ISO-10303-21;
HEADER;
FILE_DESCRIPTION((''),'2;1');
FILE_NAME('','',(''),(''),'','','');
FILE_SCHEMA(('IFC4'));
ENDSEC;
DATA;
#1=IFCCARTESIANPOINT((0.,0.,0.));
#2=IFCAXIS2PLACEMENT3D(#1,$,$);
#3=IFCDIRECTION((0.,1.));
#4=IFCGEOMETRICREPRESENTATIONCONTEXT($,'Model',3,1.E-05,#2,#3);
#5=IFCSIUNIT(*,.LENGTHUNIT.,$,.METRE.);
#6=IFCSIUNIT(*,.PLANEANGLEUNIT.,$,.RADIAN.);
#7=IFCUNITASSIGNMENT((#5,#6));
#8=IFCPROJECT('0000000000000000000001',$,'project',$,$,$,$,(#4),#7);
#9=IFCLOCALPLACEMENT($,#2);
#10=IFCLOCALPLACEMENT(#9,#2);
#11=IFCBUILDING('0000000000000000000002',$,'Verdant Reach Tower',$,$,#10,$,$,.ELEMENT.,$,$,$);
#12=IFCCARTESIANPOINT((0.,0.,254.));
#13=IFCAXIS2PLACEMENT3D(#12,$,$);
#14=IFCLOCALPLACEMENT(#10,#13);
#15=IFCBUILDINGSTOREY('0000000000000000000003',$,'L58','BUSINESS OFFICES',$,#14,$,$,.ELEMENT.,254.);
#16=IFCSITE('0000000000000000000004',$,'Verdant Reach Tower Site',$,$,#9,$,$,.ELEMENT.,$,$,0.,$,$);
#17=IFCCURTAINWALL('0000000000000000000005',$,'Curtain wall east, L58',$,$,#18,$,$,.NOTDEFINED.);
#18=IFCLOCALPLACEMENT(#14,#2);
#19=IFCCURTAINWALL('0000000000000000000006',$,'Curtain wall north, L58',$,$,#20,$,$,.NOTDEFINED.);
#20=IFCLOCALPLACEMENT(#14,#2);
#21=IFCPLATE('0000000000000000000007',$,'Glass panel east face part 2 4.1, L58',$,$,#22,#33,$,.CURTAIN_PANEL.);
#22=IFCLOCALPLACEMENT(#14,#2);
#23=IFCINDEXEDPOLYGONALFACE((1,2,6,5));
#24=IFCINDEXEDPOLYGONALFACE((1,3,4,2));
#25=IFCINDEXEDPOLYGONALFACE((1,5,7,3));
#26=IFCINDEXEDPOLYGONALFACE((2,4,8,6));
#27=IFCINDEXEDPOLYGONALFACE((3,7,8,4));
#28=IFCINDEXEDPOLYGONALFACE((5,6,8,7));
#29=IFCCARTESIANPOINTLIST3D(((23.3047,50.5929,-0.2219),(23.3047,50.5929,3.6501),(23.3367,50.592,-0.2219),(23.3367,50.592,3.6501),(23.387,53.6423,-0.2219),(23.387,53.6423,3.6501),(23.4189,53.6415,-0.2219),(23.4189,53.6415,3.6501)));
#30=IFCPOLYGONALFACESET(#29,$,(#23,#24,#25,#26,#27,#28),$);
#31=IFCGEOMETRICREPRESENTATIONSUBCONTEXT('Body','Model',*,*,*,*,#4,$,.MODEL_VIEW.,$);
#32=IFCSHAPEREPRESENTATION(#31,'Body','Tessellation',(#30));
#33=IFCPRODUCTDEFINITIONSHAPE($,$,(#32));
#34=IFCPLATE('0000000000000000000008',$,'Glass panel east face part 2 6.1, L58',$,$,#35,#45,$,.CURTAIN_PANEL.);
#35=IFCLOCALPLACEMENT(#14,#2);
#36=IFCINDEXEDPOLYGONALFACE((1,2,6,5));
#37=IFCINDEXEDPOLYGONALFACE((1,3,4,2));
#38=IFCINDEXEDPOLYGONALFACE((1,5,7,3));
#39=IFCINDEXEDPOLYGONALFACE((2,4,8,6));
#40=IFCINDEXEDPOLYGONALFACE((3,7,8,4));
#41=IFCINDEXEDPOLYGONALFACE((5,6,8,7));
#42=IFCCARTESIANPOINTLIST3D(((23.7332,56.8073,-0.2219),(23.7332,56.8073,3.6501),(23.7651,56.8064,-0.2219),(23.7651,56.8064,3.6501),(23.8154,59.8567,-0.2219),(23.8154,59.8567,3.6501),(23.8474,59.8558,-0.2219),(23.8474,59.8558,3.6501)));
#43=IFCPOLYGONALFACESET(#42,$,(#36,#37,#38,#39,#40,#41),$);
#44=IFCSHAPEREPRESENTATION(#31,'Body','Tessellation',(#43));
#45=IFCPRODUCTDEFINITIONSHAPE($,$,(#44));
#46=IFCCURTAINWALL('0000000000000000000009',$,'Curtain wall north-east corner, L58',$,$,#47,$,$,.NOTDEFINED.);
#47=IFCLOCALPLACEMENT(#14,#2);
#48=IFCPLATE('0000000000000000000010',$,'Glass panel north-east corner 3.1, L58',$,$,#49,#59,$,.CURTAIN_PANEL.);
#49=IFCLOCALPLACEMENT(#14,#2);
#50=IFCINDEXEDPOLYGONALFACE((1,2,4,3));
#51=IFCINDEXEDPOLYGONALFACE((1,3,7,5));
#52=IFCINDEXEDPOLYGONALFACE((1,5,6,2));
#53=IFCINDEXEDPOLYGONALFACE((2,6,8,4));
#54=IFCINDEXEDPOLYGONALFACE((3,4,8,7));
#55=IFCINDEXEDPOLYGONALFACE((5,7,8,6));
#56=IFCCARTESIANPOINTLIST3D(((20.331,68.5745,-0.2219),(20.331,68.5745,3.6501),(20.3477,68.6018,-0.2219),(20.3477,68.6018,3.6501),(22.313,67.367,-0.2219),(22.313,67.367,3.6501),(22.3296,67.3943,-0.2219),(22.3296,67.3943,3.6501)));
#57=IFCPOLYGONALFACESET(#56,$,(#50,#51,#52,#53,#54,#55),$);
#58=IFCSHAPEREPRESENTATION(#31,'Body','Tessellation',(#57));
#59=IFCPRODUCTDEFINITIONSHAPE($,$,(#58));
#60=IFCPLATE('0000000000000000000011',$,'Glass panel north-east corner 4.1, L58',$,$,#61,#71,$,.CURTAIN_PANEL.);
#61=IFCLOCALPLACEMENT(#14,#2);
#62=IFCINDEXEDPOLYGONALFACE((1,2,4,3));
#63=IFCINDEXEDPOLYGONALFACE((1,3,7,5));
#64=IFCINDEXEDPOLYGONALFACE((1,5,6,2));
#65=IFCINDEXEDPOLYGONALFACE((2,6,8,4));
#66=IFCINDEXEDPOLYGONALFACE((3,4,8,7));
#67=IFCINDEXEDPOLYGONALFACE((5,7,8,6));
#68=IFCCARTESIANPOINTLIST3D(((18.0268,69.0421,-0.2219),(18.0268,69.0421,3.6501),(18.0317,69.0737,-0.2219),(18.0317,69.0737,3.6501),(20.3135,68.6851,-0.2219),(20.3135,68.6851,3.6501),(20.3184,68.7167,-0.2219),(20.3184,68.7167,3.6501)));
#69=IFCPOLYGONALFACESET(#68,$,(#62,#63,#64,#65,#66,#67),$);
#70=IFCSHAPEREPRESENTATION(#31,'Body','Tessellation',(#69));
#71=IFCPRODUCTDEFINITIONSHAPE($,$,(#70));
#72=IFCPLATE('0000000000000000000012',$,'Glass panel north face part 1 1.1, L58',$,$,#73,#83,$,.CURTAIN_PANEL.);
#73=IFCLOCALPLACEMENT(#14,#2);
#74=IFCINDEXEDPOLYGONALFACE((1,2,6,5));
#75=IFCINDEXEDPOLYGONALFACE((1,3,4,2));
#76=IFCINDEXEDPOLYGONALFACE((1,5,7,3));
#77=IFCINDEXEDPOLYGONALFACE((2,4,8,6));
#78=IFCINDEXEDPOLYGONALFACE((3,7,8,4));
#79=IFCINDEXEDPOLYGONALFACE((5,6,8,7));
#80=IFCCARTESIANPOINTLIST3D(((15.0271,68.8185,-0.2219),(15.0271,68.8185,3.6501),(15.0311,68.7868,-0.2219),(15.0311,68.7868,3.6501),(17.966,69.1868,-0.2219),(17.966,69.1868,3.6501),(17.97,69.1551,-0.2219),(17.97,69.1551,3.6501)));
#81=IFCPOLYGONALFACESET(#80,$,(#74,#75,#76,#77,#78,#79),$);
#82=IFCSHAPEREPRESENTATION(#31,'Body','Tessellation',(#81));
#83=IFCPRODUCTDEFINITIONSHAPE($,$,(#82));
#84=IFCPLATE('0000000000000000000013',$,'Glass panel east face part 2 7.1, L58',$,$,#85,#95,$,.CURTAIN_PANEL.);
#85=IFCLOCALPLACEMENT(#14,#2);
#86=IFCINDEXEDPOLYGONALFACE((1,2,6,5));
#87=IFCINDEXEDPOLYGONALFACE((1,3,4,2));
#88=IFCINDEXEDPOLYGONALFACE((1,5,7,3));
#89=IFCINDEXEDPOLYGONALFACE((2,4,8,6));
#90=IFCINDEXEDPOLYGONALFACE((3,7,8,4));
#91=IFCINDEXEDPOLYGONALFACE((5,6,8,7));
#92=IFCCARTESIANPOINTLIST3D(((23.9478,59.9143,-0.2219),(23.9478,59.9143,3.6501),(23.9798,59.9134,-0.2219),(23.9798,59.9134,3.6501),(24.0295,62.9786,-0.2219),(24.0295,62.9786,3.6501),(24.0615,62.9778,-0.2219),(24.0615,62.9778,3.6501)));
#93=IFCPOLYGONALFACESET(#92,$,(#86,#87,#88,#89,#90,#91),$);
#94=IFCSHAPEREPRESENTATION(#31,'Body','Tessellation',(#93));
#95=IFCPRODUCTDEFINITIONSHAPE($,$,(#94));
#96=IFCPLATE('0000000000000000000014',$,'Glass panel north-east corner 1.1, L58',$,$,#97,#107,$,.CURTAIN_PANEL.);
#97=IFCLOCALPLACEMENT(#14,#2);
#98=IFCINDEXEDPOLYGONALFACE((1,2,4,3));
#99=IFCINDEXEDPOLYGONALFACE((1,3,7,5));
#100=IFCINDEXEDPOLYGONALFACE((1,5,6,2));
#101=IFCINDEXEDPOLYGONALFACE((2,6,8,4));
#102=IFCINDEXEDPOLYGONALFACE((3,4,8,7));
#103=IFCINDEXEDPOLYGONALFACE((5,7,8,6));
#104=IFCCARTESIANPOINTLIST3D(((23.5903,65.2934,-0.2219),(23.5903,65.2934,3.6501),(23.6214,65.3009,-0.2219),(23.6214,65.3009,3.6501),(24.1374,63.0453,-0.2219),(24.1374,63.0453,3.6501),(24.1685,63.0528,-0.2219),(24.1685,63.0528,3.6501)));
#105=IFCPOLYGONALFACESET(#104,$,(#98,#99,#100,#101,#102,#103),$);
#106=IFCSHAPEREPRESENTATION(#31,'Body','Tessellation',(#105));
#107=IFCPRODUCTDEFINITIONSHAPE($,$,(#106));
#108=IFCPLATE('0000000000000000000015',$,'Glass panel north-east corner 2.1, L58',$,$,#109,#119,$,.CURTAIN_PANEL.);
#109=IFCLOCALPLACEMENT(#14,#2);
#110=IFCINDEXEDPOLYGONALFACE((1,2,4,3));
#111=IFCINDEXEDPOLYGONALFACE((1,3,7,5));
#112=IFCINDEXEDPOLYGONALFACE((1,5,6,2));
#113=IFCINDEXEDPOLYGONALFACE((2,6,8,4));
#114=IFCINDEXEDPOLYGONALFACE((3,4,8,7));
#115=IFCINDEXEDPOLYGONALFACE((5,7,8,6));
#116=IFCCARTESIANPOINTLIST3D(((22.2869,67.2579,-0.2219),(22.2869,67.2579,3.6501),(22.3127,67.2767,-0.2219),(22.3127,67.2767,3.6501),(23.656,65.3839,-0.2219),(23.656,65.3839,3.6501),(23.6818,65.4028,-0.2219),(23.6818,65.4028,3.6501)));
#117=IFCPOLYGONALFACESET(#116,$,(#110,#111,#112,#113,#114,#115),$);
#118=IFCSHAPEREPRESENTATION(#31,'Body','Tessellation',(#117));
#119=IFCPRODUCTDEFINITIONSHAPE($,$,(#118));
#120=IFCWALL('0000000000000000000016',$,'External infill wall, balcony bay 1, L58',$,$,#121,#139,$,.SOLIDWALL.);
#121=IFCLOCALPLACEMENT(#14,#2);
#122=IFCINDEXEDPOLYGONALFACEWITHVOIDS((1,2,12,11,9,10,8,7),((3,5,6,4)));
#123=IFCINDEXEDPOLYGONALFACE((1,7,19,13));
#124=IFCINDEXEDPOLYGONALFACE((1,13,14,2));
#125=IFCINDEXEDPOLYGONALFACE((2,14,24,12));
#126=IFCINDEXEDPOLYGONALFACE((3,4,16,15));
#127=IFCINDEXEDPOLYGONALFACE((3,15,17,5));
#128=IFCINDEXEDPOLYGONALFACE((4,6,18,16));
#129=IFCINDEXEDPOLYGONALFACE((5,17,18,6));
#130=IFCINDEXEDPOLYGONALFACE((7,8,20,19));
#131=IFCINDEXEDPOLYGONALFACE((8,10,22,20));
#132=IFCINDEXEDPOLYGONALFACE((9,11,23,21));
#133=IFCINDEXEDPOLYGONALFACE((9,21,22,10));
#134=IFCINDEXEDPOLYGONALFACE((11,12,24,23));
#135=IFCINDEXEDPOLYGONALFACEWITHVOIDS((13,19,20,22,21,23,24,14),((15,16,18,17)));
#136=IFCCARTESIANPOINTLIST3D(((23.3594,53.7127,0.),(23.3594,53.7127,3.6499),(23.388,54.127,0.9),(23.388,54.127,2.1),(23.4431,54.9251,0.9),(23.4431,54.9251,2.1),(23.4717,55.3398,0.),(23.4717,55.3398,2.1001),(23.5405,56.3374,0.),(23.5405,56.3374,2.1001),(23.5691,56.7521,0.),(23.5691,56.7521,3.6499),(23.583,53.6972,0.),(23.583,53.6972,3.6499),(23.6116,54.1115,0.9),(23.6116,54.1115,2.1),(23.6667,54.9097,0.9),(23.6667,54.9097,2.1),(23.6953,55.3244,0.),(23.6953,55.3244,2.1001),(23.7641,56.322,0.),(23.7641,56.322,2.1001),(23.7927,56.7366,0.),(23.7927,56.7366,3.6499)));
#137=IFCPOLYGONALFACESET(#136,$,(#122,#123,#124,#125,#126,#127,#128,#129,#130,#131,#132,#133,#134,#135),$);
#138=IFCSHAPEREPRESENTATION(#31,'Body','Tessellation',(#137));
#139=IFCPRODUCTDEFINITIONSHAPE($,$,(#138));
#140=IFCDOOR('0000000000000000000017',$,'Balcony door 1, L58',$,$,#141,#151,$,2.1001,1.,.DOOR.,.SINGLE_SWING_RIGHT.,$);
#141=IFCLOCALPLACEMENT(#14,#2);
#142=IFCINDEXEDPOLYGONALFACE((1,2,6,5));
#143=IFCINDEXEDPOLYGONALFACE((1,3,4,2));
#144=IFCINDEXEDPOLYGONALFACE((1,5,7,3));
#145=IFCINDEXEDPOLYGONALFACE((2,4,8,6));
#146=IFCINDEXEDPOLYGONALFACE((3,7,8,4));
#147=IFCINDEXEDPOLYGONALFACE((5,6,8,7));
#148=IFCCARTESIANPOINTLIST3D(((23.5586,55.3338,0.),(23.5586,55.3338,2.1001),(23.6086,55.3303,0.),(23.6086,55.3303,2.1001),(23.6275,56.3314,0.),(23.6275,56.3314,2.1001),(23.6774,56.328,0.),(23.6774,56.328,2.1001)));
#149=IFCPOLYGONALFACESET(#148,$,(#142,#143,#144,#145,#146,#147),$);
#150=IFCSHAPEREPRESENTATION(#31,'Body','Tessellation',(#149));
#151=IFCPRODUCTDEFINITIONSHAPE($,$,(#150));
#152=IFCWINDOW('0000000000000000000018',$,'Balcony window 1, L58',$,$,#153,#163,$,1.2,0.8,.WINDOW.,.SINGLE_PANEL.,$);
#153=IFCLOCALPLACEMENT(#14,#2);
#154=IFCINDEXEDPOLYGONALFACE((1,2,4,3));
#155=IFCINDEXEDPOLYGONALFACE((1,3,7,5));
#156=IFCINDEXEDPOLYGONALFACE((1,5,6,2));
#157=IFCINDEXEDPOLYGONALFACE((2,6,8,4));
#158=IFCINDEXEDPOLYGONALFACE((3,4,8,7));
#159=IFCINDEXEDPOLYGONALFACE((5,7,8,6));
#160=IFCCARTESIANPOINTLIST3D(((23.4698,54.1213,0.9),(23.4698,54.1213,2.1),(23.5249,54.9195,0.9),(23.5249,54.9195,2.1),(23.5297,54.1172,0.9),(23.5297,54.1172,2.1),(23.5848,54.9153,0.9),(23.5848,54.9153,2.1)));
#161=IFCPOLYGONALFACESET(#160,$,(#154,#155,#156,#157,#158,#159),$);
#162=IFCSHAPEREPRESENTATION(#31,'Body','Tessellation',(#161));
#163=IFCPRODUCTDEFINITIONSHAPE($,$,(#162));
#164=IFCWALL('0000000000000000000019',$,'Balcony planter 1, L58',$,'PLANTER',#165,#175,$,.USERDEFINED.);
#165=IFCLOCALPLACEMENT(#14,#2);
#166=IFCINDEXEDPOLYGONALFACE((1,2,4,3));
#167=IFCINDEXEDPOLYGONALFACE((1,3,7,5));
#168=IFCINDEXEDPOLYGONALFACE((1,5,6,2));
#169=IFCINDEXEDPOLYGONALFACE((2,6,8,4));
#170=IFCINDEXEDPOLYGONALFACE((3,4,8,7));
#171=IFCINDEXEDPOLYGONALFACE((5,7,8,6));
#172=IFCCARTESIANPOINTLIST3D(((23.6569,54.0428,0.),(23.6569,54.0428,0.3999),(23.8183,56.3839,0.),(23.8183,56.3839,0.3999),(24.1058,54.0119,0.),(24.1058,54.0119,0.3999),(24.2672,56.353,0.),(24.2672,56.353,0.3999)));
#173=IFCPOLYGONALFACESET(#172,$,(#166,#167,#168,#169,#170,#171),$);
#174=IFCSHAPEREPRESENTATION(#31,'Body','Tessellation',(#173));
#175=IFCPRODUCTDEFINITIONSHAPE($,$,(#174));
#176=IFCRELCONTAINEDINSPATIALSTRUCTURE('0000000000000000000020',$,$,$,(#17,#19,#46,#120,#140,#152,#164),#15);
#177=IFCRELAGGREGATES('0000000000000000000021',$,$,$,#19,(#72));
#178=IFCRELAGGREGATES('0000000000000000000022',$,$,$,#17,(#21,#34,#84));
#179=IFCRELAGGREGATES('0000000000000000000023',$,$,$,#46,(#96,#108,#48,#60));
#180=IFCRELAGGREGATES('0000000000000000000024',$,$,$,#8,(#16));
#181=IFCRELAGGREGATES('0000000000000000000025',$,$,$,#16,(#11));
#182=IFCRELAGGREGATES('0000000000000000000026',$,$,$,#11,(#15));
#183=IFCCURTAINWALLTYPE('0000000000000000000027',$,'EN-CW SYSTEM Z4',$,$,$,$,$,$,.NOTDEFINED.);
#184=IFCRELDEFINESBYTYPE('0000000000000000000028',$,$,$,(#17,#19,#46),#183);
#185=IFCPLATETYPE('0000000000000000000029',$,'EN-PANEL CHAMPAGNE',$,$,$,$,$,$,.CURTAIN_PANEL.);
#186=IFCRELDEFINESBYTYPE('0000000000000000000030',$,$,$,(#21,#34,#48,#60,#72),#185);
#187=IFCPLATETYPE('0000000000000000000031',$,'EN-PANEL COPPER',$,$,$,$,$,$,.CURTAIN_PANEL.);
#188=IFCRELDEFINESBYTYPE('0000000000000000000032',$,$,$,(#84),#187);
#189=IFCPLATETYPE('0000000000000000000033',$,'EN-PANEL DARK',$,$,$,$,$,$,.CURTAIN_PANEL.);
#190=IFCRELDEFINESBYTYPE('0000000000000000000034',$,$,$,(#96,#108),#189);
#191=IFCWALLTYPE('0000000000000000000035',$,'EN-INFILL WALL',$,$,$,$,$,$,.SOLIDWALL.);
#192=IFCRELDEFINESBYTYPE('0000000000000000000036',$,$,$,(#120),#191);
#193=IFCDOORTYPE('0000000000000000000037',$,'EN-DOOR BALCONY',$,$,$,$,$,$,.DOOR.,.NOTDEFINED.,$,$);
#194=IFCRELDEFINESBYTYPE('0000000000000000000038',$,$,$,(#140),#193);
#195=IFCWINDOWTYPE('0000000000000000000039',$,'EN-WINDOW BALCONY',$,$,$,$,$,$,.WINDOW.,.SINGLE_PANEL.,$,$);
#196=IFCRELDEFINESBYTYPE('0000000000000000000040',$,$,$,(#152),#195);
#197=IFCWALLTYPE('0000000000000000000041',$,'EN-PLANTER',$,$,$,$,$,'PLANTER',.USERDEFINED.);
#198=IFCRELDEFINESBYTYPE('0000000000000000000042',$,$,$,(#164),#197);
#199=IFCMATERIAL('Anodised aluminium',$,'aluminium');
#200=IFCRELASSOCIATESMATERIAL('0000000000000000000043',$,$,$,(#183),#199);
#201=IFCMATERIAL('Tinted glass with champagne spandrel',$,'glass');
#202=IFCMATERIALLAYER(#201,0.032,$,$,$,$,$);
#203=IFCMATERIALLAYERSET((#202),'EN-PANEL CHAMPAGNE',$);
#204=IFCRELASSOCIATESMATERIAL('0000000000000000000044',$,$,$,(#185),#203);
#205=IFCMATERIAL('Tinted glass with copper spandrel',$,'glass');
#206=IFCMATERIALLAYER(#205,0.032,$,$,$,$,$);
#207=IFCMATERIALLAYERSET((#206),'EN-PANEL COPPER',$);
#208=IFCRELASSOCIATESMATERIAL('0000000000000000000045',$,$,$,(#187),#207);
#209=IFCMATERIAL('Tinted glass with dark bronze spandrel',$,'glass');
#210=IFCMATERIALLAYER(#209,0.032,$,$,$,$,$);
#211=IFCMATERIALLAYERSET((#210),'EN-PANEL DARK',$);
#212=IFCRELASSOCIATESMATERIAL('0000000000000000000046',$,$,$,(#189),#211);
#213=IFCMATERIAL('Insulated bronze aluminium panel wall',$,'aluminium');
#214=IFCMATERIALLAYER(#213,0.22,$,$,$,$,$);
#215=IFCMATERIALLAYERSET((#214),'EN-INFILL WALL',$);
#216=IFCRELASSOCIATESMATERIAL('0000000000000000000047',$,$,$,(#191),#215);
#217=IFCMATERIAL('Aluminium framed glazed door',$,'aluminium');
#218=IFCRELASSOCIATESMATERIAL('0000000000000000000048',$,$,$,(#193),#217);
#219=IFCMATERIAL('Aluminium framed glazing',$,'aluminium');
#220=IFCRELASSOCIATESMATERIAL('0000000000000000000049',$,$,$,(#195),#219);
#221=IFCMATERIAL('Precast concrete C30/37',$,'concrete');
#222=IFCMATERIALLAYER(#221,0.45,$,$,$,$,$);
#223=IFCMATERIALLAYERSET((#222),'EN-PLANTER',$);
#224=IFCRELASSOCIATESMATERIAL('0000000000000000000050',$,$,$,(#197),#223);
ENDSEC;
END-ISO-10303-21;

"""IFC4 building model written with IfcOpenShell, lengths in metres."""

from ifc_helpers import new_model, si_unit, direction, frame, frame_2d, origin, origin_2d, place, context, subcontext, project, spatial, rectangle, extrude, material, layer, layer_set, type_object, element, fill, aggregate, save


model = new_model("IFC4")

# Units and contexts
model_context = context("Model", 3, precision=1e-05, world=origin(), true_north=direction((0.0, 1.0)))
body_context = subcontext(model_context, "Body", "Model", "MODEL_VIEW")
ifc_project = project(units=[si_unit("LENGTHUNIT", "METRE"), si_unit("PLANEANGLEUNIT", "RADIAN")], contexts=[model_context])

# Site, building, storey
site_placement = place(None, origin())
site = spatial("IfcSite", under=ifc_project, at=site_placement, Name="Verdant Reach Tower Site", CompositionType="ELEMENT", RefElevation=0.0)
building_placement = place(site_placement, origin())
building = spatial("IfcBuilding", under=site, at=building_placement, Name="Verdant Reach Tower", CompositionType="ELEMENT")
storey_placement = place(building_placement, frame((0.0, 0.0, 254.0)))
storey = spatial("IfcBuildingStorey", under=building, at=storey_placement, Name="L58", Description="BUSINESS OFFICES", CompositionType="ELEMENT", Elevation=254.0)

# Curtain walls
ifc_material_1 = material(Name="Anodised aluminium", Category="aluminium")
curtain_wall_type = type_object("IfcCurtainWallType", Name="EN-CW SYSTEM Z4", PredefinedType="NOTDEFINED", material=ifc_material_1)
curtain_wall_1_placement = place(storey_placement, origin())
curtain_wall_1 = element("IfcCurtainWall", 1, at=curtain_wall_1_placement, inside=storey, type_object=curtain_wall_type, Name="Curtain wall east, L58", PredefinedType="NOTDEFINED")
curtain_wall_2_placement = place(storey_placement, origin())
curtain_wall_2 = element("IfcCurtainWall", 2, at=curtain_wall_2_placement, inside=storey, type_object=curtain_wall_type, Name="Curtain wall north, L58", PredefinedType="NOTDEFINED")

# Plates
ifc_material_2 = material(Name="Tinted glass with champagne spandrel", Category="glass")
ifc_layer_1 = layer(ifc_material_2, 0.032)
ifc_layer_set_1 = layer_set([ifc_layer_1], Name="EN-PANEL CHAMPAGNE")
plate_type_1 = type_object("IfcPlateType", Name="EN-PANEL CHAMPAGNE", PredefinedType="CURTAIN_PANEL", material=ifc_layer_set_1)
plate_1_placement = place(storey_placement, frame((23.3618, 52.1172, -0.2219), z_axis=(0.0, 0.0, 1.0), x_axis=(0.026965, 0.999636, 0.0)))
plate_1 = element("IfcPlate", 3, at=plate_1_placement, type_object=plate_type_1, Name="Glass panel east face part 2 4.1, L58", PredefinedType="CURTAIN_PANEL", context=body_context, shape_type="SweptSolid", body=[
    extrude(rectangle(XDim=3.0505, YDim=0.032, at=origin_2d()), origin(), (0.0, 0.0, 1.0), 3.8721),
])
plate_2_placement = place(storey_placement, frame((23.7903, 58.3315, -0.2219), z_axis=(0.0, 0.0, 1.0), x_axis=(0.026965, 0.999636, 0.0)))
plate_2 = element("IfcPlate", 4, at=plate_2_placement, type_object=plate_type_1, Name="Glass panel east face part 2 6.1, L58", PredefinedType="CURTAIN_PANEL", context=body_context, shape_type="SweptSolid", body=[
    extrude(rectangle(XDim=3.0505, YDim=0.032, at=origin_2d()), origin(), (0.0, 0.0, 1.0), 3.8721),
])

# Curtain wall, plates
curtain_wall_3_placement = place(storey_placement, origin())
curtain_wall_3 = element("IfcCurtainWall", 5, at=curtain_wall_3_placement, inside=storey, type_object=curtain_wall_type, Name="Curtain wall north-east corner, L58", PredefinedType="NOTDEFINED")
plate_3_placement = place(storey_placement, frame((21.3303, 67.9844, -0.2219), z_axis=(0.0, 0.0, 1.0), x_axis=(-0.853989, 0.520292, 0.0)))
plate_3 = element("IfcPlate", 6, at=plate_3_placement, type_object=plate_type_1, Name="Glass panel north-east corner 3.1, L58", PredefinedType="CURTAIN_PANEL", context=body_context, shape_type="SweptSolid", body=[
    extrude(rectangle(XDim=2.3208, YDim=0.032, at=origin_2d()), origin(), (0.0, 0.0, 1.0), 3.8721),
])
plate_4_placement = place(storey_placement, frame((19.1726, 68.8794, -0.2219), z_axis=(0.0, 0.0, 1.0), x_axis=(-0.988027, 0.154279, 0.0)))
plate_4 = element("IfcPlate", 7, at=plate_4_placement, type_object=plate_type_1, Name="Glass panel north-east corner 4.1, L58", PredefinedType="CURTAIN_PANEL", context=body_context, shape_type="SweptSolid", body=[
    extrude(rectangle(XDim=2.3145, YDim=0.032, at=origin_2d()), origin(), (0.0, 0.0, 1.0), 3.8721),
])

# Plates
plate_5_placement = place(storey_placement, frame((16.4985, 68.9868, -0.2219), z_axis=(0.0, 0.0, 1.0), x_axis=(-0.992239, -0.124346, 0.0)))
plate_5 = element("IfcPlate", 8, at=plate_5_placement, type_object=plate_type_1, Name="Glass panel north face part 1 1.1, L58", PredefinedType="CURTAIN_PANEL", context=body_context, shape_type="SweptSolid", body=[
    extrude(rectangle(XDim=2.9619, YDim=0.032, at=origin_2d()), origin(), (0.0, 0.0, 1.0), 3.8721),
])
aggregate(curtain_wall_2, [plate_5])
ifc_material_3 = material(Name="Tinted glass with copper spandrel", Category="glass")
ifc_layer_2 = layer(ifc_material_3, 0.032)
ifc_layer_set_2 = layer_set([ifc_layer_2], Name="EN-PANEL COPPER")
plate_type_2 = type_object("IfcPlateType", Name="EN-PANEL COPPER", PredefinedType="CURTAIN_PANEL", material=ifc_layer_set_2)
plate_6_placement = place(storey_placement, frame((24.0046, 61.446, -0.2219), z_axis=(0.0, 0.0, 1.0), x_axis=(0.026651, 0.999645, 0.0)))
plate_6 = element("IfcPlate", 9, at=plate_6_placement, type_object=plate_type_2, Name="Glass panel east face part 2 7.1, L58", PredefinedType="CURTAIN_PANEL", context=body_context, shape_type="SweptSolid", body=[
    extrude(rectangle(XDim=3.0654, YDim=0.032, at=origin_2d()), origin(), (0.0, 0.0, 1.0), 3.8721),
])
aggregate(curtain_wall_1, [plate_1, plate_2, plate_6])
ifc_material_4 = material(Name="Tinted glass with dark bronze spandrel", Category="glass")
ifc_layer_3 = layer(ifc_material_4, 0.032)
ifc_layer_set_3 = layer_set([ifc_layer_3], Name="EN-PANEL DARK")
plate_type_3 = type_object("IfcPlateType", Name="EN-PANEL DARK", PredefinedType="CURTAIN_PANEL", material=ifc_layer_set_3)
plate_7_placement = place(storey_placement, frame((23.8794, 64.1731, -0.2219), z_axis=(0.0, 0.0, 1.0), x_axis=(-0.236459, 0.971642, 0.0)))
plate_7 = element("IfcPlate", 10, at=plate_7_placement, type_object=plate_type_3, Name="Glass panel north-east corner 1.1, L58", PredefinedType="CURTAIN_PANEL", context=body_context, shape_type="SweptSolid", body=[
    extrude(rectangle(XDim=2.3137, YDim=0.032, at=origin_2d()), origin(), (0.0, 0.0, 1.0), 3.8721),
])
plate_8_placement = place(storey_placement, frame((22.9844, 66.3303, -0.2219), z_axis=(0.0, 0.0, 1.0), x_axis=(-0.589927, 0.807457, 0.0)))
plate_8 = element("IfcPlate", 11, at=plate_8_placement, type_object=plate_type_3, Name="Glass panel north-east corner 2.1, L58", PredefinedType="CURTAIN_PANEL", context=body_context, shape_type="SweptSolid", body=[
    extrude(rectangle(XDim=2.3208, YDim=0.032, at=origin_2d()), origin(), (0.0, 0.0, 1.0), 3.8721),
])
aggregate(curtain_wall_3, [plate_7, plate_8, plate_3, plate_4])

# Wall, openings, door, window
ifc_material_5 = material(Name="Insulated bronze aluminium panel wall", Category="aluminium")
ifc_layer_4 = layer(ifc_material_5, 0.22)
ifc_layer_set_4 = layer_set([ifc_layer_4], Name="EN-INFILL WALL")
wall_type_1 = type_object("IfcWallType", Name="EN-INFILL WALL", PredefinedType="SOLIDWALL", material=ifc_layer_set_4)
wall_1_placement = place(storey_placement, frame((23.4712, 53.7048, 0.0), z_axis=(0.0, 0.0, 1.0), x_axis=(0.068838, 0.997628, 0.0)))
wall_1 = element("IfcWall", 12, at=wall_1_placement, inside=storey, type_object=wall_type_1, Name="External infill wall, balcony bay 1, L58", PredefinedType="SOLIDWALL", context=body_context, shape_type="SweptSolid", body=[
    extrude(rectangle(XDim=3.0466, YDim=0.2241, at=frame_2d((1.5234, 0.0))), origin(), (0.0, 0.0, 1.0), 3.6499),
])
opening_1_placement = place(wall_1_placement, frame((1.6311, 0.0, 0.0)))
opening_1 = element("IfcOpeningElement", 13, at=opening_1_placement, cuts=wall_1, PredefinedType="OPENING", context=body_context, shape_type="SweptSolid", body=[
    extrude(rectangle(XDim=1.0, YDim=2.1001, at=frame_2d((0.5, 1.05))), frame((0.0, 0.1221, 0.0), z_axis=(0.0, -1.0, 0.0), x_axis=(1.0, 0.0, 0.0)), (0.0, 0.0, 1.0), 0.2441),
])
opening_2_placement = place(wall_1_placement, frame((0.4155, 0.0, 0.8999)))
opening_2 = element("IfcOpeningElement", 14, at=opening_2_placement, cuts=wall_1, PredefinedType="OPENING", context=body_context, shape_type="SweptSolid", body=[
    extrude(rectangle(XDim=0.8, YDim=1.2, at=frame_2d((0.3999, 0.6001))), frame((0.0, 0.1221, 0.0), z_axis=(0.0, -1.0, 0.0), x_axis=(1.0, 0.0, 0.0)), (0.0, 0.0, 1.0), 0.2441),
])
ifc_material_6 = material(Name="Aluminium framed glazed door", Category="aluminium")
door_type = type_object("IfcDoorType", Name="EN-DOOR BALCONY", OperationType="NOTDEFINED", PredefinedType="DOOR", material=ifc_material_6)
door_placement = place(opening_1_placement, origin())
door = element("IfcDoor", 15, at=door_placement, inside=storey, type_object=door_type, Name="Balcony door 1, L58", OperationType="SINGLE_SWING_RIGHT", OverallHeight=2.1001, OverallWidth=1.0, PredefinedType="DOOR", context=body_context, shape_type="SweptSolid", body=[
    extrude(rectangle(XDim=1.0, YDim=2.1001, at=frame_2d((0.5, 1.05))), frame((0.0, 0.0249, 0.0), z_axis=(0.0, -1.0, 0.0), x_axis=(1.0, 0.0, 0.0)), (0.0, 0.0, 1.0), 0.05),
])
fill(opening_1, door)
ifc_material_7 = material(Name="Aluminium framed glazing", Category="aluminium")
window_type = type_object("IfcWindowType", Name="EN-WINDOW BALCONY", PartitioningType="SINGLE_PANEL", PredefinedType="WINDOW", material=ifc_material_7)
window_placement = place(opening_2_placement, origin())
window = element("IfcWindow", 16, at=window_placement, inside=storey, type_object=window_type, Name="Balcony window 1, L58", OverallHeight=1.2, OverallWidth=0.8, PartitioningType="SINGLE_PANEL", PredefinedType="WINDOW", context=body_context, shape_type="SweptSolid", body=[
    extrude(rectangle(XDim=0.8, YDim=1.2, at=frame_2d((0.3999, 0.6001))), frame((0.0, 0.03, 0.0), z_axis=(0.0, -1.0, 0.0), x_axis=(1.0, 0.0, 0.0)), (0.0, 0.0, 1.0), 0.0601),
])
fill(opening_2, window)

# Wall
ifc_material_8 = material(Name="Precast concrete C30/37", Category="concrete")
ifc_layer_5 = layer(ifc_material_8, 0.45)
ifc_layer_set_5 = layer_set([ifc_layer_5], Name="EN-PLANTER")
wall_type_2 = type_object("IfcWallType", Name="EN-PLANTER", ElementType="PLANTER", PredefinedType="USERDEFINED", material=ifc_layer_set_5)
wall_2_placement = place(storey_placement, frame((23.8813, 54.0273, 0.0), z_axis=(0.0, 0.0, 1.0), x_axis=(0.06877, 0.997633, 0.0)))
element("IfcWall", 17, at=wall_2_placement, inside=storey, type_object=wall_type_2, Name="Balcony planter 1, L58", ObjectType="PLANTER", PredefinedType="USERDEFINED", context=body_context, shape_type="SweptSolid", body=[
    extrude(rectangle(XDim=2.3467, YDim=0.45, at=frame_2d((1.1733, 0.0))), origin(), (0.0, 0.0, 1.0), 0.3999),
])

save(model, "model.ifc")
